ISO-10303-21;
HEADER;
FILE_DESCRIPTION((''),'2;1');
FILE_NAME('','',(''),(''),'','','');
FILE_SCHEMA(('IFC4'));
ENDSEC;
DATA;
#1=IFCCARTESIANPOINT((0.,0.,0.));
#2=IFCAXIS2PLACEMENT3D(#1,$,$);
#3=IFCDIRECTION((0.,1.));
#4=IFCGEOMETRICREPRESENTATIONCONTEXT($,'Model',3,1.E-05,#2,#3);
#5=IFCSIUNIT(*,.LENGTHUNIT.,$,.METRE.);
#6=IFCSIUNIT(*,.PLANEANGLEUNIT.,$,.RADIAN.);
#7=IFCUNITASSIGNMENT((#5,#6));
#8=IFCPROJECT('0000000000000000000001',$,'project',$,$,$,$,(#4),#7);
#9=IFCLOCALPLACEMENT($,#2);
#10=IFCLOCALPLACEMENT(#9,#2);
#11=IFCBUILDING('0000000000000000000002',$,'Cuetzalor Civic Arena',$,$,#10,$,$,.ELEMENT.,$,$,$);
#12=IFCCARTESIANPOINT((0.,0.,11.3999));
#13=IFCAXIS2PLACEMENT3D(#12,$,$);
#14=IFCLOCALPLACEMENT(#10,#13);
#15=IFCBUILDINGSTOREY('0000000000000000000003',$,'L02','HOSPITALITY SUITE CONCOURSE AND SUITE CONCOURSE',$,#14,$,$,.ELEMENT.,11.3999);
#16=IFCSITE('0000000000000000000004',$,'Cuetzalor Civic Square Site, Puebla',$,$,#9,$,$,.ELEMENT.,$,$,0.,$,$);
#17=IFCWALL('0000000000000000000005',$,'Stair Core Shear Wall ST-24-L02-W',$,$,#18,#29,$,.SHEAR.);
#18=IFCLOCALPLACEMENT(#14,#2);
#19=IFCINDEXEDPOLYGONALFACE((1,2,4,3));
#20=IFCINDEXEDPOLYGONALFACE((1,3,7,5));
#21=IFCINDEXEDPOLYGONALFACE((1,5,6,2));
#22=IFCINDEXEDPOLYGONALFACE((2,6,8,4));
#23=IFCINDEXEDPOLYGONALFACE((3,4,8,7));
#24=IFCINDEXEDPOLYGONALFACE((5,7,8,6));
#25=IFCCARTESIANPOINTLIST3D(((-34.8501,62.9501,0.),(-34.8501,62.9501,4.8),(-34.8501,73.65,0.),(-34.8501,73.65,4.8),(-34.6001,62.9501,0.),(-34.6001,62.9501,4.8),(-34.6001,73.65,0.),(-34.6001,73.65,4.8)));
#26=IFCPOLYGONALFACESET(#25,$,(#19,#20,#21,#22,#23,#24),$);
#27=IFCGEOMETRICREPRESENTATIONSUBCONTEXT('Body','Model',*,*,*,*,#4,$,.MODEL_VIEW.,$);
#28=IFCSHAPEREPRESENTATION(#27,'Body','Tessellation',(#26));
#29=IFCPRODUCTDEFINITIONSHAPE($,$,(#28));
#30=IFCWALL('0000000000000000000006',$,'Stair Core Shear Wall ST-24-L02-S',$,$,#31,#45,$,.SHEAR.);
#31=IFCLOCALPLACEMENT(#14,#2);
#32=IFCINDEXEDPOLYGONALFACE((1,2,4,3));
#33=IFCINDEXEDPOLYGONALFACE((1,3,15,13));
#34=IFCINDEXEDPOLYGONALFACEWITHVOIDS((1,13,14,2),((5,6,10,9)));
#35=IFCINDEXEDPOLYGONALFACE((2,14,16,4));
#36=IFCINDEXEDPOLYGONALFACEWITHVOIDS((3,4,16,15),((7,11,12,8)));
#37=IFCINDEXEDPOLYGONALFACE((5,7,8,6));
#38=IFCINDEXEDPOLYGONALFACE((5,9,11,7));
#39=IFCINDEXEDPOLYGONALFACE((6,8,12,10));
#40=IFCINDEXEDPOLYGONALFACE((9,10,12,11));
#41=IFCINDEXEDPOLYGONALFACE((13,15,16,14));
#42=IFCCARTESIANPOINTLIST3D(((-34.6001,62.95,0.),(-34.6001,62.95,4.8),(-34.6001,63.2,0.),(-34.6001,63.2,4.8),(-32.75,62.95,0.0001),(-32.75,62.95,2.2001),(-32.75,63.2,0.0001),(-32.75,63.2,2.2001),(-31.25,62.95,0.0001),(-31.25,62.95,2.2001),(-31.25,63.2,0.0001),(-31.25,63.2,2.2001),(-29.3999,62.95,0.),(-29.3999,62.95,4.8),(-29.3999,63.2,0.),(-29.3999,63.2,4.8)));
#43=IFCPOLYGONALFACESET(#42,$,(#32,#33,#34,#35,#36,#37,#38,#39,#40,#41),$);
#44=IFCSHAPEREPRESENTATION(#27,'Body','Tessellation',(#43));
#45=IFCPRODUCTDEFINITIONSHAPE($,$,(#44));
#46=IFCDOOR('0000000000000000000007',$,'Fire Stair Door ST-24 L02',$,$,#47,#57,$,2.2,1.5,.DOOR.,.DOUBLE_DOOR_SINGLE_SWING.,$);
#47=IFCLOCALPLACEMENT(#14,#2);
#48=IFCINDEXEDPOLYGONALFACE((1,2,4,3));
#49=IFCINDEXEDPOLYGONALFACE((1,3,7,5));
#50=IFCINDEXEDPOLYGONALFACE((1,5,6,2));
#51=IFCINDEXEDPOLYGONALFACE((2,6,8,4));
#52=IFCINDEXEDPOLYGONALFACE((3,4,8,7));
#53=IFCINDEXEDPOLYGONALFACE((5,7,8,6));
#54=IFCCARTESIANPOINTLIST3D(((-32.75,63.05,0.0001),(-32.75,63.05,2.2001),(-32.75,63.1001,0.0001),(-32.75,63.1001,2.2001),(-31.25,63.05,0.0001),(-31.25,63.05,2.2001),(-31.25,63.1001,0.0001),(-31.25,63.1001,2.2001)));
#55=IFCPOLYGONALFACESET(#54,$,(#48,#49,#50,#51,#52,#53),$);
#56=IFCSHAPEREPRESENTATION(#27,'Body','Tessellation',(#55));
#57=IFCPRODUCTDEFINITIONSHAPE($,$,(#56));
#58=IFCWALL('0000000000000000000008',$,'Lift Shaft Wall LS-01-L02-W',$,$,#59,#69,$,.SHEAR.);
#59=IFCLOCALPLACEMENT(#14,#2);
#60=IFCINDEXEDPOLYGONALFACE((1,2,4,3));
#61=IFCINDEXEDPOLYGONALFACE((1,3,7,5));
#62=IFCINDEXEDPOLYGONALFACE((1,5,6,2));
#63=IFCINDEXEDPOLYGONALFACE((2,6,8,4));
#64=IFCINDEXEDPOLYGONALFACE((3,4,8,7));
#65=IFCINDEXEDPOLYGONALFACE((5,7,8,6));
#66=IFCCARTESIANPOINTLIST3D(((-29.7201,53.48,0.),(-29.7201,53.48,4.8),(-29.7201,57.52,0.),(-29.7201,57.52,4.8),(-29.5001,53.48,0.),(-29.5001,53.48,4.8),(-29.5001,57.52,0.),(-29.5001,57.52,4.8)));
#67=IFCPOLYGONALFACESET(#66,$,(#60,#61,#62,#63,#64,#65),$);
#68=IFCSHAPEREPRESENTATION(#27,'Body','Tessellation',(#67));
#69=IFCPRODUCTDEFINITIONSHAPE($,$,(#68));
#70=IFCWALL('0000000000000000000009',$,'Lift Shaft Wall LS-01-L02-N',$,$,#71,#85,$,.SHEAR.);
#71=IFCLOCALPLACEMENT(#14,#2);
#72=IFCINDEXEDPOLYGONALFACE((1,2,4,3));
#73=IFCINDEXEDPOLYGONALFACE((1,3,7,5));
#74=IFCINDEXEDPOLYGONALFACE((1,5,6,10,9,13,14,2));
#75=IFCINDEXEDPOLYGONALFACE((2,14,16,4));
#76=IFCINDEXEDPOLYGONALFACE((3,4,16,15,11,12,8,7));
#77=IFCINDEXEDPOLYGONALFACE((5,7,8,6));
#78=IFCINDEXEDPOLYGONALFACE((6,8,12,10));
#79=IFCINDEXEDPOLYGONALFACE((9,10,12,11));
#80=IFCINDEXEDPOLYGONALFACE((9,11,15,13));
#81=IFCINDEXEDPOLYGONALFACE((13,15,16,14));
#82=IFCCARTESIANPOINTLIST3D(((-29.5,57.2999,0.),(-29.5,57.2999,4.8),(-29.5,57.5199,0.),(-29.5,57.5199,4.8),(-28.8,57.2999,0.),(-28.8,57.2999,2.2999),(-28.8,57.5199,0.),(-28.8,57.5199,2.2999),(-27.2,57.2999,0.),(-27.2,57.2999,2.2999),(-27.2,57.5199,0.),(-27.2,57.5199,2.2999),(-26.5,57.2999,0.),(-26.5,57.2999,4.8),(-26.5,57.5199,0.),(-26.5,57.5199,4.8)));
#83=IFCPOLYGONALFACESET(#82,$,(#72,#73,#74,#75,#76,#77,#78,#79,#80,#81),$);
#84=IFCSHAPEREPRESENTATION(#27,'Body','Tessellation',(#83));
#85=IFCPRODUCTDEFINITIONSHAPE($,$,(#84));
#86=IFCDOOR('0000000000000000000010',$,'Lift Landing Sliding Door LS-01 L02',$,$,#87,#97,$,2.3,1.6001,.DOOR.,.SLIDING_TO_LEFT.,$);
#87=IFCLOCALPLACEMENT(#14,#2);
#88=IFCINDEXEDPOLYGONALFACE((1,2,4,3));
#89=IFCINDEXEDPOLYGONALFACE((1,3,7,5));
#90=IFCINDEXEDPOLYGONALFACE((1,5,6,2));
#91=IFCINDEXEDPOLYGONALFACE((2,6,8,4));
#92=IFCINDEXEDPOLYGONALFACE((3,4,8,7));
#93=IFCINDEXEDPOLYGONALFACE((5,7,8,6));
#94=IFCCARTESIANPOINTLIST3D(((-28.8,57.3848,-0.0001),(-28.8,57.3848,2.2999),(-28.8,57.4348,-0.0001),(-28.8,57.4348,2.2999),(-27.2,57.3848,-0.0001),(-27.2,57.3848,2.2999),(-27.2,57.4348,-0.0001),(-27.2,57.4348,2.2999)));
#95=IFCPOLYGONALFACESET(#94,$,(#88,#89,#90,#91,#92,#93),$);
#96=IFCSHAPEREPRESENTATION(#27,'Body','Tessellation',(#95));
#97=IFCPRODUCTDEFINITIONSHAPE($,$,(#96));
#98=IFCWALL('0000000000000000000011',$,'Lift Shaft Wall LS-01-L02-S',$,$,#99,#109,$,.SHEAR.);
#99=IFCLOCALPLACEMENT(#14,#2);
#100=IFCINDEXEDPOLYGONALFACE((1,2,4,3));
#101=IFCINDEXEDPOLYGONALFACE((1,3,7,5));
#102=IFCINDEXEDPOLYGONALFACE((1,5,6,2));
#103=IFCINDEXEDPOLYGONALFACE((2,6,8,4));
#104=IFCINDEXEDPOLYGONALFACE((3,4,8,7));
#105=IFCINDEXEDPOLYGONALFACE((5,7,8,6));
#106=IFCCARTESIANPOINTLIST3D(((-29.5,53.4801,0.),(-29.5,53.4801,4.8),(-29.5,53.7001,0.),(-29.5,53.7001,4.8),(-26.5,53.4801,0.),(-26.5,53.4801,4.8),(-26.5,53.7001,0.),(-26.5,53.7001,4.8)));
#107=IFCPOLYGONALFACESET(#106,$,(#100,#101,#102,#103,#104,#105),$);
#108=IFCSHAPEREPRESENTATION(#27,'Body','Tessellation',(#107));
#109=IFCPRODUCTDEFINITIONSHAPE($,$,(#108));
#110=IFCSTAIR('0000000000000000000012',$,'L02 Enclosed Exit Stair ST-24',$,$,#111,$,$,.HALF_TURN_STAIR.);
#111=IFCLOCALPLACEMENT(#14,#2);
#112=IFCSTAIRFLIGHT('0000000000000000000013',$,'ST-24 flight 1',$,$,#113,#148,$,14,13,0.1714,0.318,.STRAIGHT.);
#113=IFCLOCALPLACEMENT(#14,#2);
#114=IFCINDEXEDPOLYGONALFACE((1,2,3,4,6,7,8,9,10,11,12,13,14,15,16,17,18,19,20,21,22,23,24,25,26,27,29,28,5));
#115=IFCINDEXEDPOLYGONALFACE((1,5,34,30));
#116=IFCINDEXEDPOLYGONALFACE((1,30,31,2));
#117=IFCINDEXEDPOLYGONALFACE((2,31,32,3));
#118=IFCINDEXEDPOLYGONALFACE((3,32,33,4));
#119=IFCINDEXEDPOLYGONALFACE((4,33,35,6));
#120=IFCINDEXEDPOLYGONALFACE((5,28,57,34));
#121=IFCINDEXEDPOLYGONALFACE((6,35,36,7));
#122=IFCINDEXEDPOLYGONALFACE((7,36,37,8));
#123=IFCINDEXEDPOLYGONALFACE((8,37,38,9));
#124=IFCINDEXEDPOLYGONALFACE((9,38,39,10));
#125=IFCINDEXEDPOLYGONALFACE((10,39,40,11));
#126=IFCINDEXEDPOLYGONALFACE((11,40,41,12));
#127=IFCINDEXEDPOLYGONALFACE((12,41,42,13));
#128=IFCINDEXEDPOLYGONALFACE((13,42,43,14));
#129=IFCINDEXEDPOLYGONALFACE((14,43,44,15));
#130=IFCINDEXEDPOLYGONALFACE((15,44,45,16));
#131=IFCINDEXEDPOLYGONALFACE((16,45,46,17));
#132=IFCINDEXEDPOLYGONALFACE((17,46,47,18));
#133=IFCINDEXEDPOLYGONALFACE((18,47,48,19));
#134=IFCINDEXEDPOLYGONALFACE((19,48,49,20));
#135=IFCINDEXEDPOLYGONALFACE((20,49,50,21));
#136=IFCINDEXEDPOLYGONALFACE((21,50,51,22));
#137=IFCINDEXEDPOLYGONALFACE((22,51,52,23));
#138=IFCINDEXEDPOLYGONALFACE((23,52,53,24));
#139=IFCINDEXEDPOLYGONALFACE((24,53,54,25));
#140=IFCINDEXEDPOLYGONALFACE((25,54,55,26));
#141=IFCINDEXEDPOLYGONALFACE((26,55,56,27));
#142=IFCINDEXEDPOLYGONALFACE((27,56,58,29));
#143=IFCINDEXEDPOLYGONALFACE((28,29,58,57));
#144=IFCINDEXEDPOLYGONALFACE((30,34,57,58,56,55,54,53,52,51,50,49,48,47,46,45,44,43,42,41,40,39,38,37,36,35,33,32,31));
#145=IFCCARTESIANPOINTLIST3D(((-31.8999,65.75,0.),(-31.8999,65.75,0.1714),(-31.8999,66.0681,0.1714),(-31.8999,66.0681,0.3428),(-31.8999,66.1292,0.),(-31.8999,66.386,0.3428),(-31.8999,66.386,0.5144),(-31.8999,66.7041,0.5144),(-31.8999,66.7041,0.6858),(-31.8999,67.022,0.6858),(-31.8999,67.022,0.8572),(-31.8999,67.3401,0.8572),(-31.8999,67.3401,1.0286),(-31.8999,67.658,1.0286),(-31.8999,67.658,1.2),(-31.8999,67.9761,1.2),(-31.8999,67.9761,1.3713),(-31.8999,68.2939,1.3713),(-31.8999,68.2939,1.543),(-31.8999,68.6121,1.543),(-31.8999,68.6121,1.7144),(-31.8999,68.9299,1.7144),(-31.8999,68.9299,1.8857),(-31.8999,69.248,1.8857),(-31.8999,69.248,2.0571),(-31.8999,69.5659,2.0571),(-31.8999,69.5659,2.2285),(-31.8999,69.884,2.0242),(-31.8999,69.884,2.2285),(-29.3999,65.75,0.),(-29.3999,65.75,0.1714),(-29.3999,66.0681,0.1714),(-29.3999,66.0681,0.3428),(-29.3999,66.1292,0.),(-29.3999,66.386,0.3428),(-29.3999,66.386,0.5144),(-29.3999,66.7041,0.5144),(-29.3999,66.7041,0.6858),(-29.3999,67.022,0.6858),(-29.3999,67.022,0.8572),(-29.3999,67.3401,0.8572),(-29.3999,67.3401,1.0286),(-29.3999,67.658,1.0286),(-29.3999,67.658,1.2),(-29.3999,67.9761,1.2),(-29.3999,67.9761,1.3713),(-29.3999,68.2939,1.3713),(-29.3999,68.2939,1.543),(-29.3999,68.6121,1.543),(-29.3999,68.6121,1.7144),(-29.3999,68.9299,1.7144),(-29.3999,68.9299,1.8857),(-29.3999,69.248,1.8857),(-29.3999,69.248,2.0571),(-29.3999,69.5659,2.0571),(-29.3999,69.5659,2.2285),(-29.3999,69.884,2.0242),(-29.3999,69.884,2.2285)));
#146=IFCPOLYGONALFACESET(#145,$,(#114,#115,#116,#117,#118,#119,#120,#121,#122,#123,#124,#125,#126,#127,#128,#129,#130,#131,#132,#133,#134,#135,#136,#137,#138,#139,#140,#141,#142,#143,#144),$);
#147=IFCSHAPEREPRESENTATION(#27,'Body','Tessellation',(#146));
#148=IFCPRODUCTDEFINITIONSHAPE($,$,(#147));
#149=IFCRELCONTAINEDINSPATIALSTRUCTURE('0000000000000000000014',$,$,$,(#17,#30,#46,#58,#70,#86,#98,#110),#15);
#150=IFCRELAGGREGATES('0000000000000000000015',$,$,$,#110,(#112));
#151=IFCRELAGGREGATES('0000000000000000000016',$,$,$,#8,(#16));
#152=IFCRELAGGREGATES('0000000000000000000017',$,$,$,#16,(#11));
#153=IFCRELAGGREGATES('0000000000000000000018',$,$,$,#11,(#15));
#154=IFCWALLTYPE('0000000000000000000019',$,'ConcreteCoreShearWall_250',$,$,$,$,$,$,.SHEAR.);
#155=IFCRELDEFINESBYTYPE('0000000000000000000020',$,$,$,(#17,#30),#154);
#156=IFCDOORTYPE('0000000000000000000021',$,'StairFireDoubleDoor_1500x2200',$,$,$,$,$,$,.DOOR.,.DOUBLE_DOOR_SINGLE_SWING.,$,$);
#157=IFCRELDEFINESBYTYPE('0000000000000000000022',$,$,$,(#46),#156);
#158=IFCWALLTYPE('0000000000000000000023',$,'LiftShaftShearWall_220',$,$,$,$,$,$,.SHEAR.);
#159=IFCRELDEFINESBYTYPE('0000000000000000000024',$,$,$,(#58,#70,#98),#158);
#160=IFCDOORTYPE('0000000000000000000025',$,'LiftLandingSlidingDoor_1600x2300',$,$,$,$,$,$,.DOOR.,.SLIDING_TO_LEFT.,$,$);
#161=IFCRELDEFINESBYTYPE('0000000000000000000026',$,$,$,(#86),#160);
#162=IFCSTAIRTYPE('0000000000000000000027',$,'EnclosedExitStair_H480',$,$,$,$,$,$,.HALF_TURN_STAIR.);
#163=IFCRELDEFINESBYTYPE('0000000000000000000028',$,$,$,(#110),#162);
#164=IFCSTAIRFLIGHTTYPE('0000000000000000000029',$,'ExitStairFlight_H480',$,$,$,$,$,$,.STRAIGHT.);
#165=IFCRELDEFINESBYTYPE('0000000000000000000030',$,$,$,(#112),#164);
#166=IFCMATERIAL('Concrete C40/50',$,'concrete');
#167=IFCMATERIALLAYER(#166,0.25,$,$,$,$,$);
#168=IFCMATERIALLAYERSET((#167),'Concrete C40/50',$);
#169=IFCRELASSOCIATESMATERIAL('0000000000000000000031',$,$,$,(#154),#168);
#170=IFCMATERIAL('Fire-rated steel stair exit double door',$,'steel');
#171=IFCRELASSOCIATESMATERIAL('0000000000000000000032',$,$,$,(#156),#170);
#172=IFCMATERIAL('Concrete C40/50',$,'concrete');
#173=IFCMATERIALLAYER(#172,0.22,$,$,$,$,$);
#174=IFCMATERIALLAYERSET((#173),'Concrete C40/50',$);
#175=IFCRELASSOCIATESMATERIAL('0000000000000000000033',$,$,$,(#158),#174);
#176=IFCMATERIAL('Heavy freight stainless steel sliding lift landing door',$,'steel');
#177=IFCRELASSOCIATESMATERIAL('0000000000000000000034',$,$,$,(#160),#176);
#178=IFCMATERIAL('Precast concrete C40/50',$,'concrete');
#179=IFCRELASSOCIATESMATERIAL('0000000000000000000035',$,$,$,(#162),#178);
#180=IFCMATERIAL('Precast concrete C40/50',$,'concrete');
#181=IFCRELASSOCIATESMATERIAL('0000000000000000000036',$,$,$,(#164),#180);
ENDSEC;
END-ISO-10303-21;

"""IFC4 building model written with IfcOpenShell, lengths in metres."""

from ifc_helpers import new_model, si_unit, direction, frame, frame_2d, origin, place, context, subcontext, project, spatial, polyline, rectangle, outline, extrude, material, layer, layer_set, type_object, element, fill, aggregate, save


model = new_model("IFC4")

# Units and contexts
model_context = context("Model", 3, precision=1e-05, world=origin(), true_north=direction((0.0, 1.0)))
body_context = subcontext(model_context, "Body", "Model", "MODEL_VIEW")
ifc_project = project(units=[si_unit("LENGTHUNIT", "METRE"), si_unit("PLANEANGLEUNIT", "RADIAN")], contexts=[model_context])

# Site, building, storey
site_placement = place(None, origin())
site = spatial("IfcSite", under=ifc_project, at=site_placement, Name="Cuetzalor Civic Square Site, Puebla", CompositionType="ELEMENT", RefElevation=0.0)
building_placement = place(site_placement, origin())
building = spatial("IfcBuilding", under=site, at=building_placement, Name="Cuetzalor Civic Arena", CompositionType="ELEMENT")
storey_placement = place(building_placement, frame((0.0, 0.0, 11.3999)))
storey = spatial("IfcBuildingStorey", under=building, at=storey_placement, Name="L02", Description="HOSPITALITY SUITE CONCOURSE AND SUITE CONCOURSE", CompositionType="ELEMENT", Elevation=11.3999)

# Wall
ifc_material_1 = material(Name="Concrete C40/50", Category="concrete")
ifc_layer_1 = layer(ifc_material_1, 0.25)
ifc_layer_set_1 = layer_set([ifc_layer_1], Name="Concrete C40/50")
wall_type_1 = type_object("IfcWallType", Name="ConcreteCoreShearWall_250", PredefinedType="SHEAR", material=ifc_layer_set_1)
wall_1_placement = place(storey_placement, frame((-34.7251, 62.95, 0.0), z_axis=(0.0, 0.0, 1.0), x_axis=(0.0, 1.0, 0.0)))
element("IfcWall", 1, at=wall_1_placement, inside=storey, type_object=wall_type_1, Name="Stair Core Shear Wall ST-24-L02-W", PredefinedType="SHEAR", context=body_context, shape_type="SweptSolid", body=[
    extrude(rectangle(XDim=10.7, YDim=0.25, at=frame_2d((5.3501, 0.0))), origin(), (0.0, 0.0, 1.0), 4.8),
])

# Wall, opening, door
wall_2_placement = place(storey_placement, frame((-29.3999, 63.075, 0.0), z_axis=(0.0, 0.0, 1.0), x_axis=(-1.0, 0.0, 0.0)))
wall_2 = element("IfcWall", 2, at=wall_2_placement, inside=storey, type_object=wall_type_1, Name="Stair Core Shear Wall ST-24-L02-S", PredefinedType="SHEAR", context=body_context, shape_type="SweptSolid", body=[
    extrude(rectangle(XDim=5.2002, YDim=0.25, at=frame_2d((2.6001, 0.0))), origin(), (0.0, 0.0, 1.0), 4.8),
])
opening_1_placement = place(wall_2_placement, frame((1.8501, 0.0, 0.0)))
opening_1 = element("IfcOpeningElement", 3, at=opening_1_placement, cuts=wall_2, PredefinedType="OPENING", context=body_context, shape_type="SweptSolid", body=[
    extrude(rectangle(XDim=1.5, YDim=2.2, at=frame_2d((0.75, 1.1001))), frame((0.0, 0.135, 0.0), z_axis=(0.0, -1.0, 0.0), x_axis=(1.0, 0.0, 0.0)), (0.0, 0.0, 1.0), 0.27),
])
ifc_material_2 = material(Name="Fire-rated steel stair exit double door", Category="steel")
door_type_1 = type_object("IfcDoorType", Name="StairFireDoubleDoor_1500x2200", OperationType="DOUBLE_DOOR_SINGLE_SWING", PredefinedType="DOOR", material=ifc_material_2)
door_1_placement = place(opening_1_placement, origin())
door_1 = element("IfcDoor", 4, at=door_1_placement, inside=storey, type_object=door_type_1, Name="Fire Stair Door ST-24 L02", OperationType="DOUBLE_DOOR_SINGLE_SWING", OverallHeight=2.2, OverallWidth=1.5, PredefinedType="DOOR", context=body_context, shape_type="SweptSolid", body=[
    extrude(rectangle(XDim=1.5, YDim=2.2, at=frame_2d((0.75, 1.1001))), frame((0.0, 0.0249, 0.0), z_axis=(0.0, -1.0, 0.0), x_axis=(1.0, 0.0, 0.0)), (0.0, 0.0, 1.0), 0.05),
])
fill(opening_1, door_1)

# Wall
ifc_material_3 = material(Name="Concrete C40/50", Category="concrete")
ifc_layer_2 = layer(ifc_material_3, 0.22)
ifc_layer_set_2 = layer_set([ifc_layer_2], Name="Concrete C40/50")
wall_type_2 = type_object("IfcWallType", Name="LiftShaftShearWall_220", PredefinedType="SHEAR", material=ifc_layer_set_2)
wall_3_placement = place(storey_placement, frame((-29.6101, 53.48, 0.0), z_axis=(0.0, 0.0, 1.0), x_axis=(0.0, 1.0, 0.0)))
element("IfcWall", 5, at=wall_3_placement, inside=storey, type_object=wall_type_2, Name="Lift Shaft Wall LS-01-L02-W", PredefinedType="SHEAR", context=body_context, shape_type="SweptSolid", body=[
    extrude(rectangle(XDim=4.04, YDim=0.22, at=frame_2d((2.02, 0.0))), origin(), (0.0, 0.0, 1.0), 4.8),
])

# Wall, opening, door
wall_4_placement = place(storey_placement, frame((-29.5, 57.4099, 0.0), z_axis=(0.0, 0.0, 1.0), x_axis=(1.0, 0.0, 0.0)))
wall_4 = element("IfcWall", 6, at=wall_4_placement, inside=storey, type_object=wall_type_2, Name="Lift Shaft Wall LS-01-L02-N", PredefinedType="SHEAR", context=body_context, shape_type="SweptSolid", body=[
    extrude(rectangle(XDim=3.0, YDim=0.22, at=frame_2d((1.5, 0.0))), origin(), (0.0, 0.0, 1.0), 4.8),
])
opening_2_placement = place(wall_4_placement, frame((0.7, 0.0, 0.0)))
opening_2 = element("IfcOpeningElement", 7, at=opening_2_placement, cuts=wall_4, PredefinedType="OPENING", context=body_context, shape_type="SweptSolid", body=[
    extrude(rectangle(XDim=1.6001, YDim=2.3, at=frame_2d((0.8, 1.1499))), frame((0.0, 0.1201, 0.0), z_axis=(0.0, -1.0, 0.0), x_axis=(1.0, 0.0, 0.0)), (0.0, 0.0, 1.0), 0.24),
])
ifc_material_4 = material(Name="Heavy freight stainless steel sliding lift landing door", Category="steel")
door_type_2 = type_object("IfcDoorType", Name="LiftLandingSlidingDoor_1600x2300", OperationType="SLIDING_TO_LEFT", PredefinedType="DOOR", material=ifc_material_4)
door_2_placement = place(opening_2_placement, origin())
door_2 = element("IfcDoor", 8, at=door_2_placement, inside=storey, type_object=door_type_2, Name="Lift Landing Sliding Door LS-01 L02", OperationType="SLIDING_TO_LEFT", OverallHeight=2.3, OverallWidth=1.6001, PredefinedType="DOOR", context=body_context, shape_type="SweptSolid", body=[
    extrude(rectangle(XDim=1.6001, YDim=2.3, at=frame_2d((0.8, 1.1499))), frame((0.0, 0.0249, 0.0), z_axis=(0.0, -1.0, 0.0), x_axis=(1.0, 0.0, 0.0)), (0.0, 0.0, 1.0), 0.05),
])
fill(opening_2, door_2)

# Wall
wall_5_placement = place(storey_placement, frame((-26.5, 53.5901, 0.0), z_axis=(0.0, 0.0, 1.0), x_axis=(-1.0, 0.0, 0.0)))
element("IfcWall", 9, at=wall_5_placement, inside=storey, type_object=wall_type_2, Name="Lift Shaft Wall LS-01-L02-S", PredefinedType="SHEAR", context=body_context, shape_type="SweptSolid", body=[
    extrude(rectangle(XDim=3.0, YDim=0.22, at=frame_2d((1.5, 0.0))), origin(), (0.0, 0.0, 1.0), 4.8),
])

# Stair, stair flight
ifc_material_5 = material(Name="Precast concrete C40/50", Category="concrete")
stair_type = type_object("IfcStairType", Name="EnclosedExitStair_H480", PredefinedType="HALF_TURN_STAIR", material=ifc_material_5)
stair_placement = place(storey_placement, origin())
stair = element("IfcStair", 10, at=stair_placement, inside=storey, type_object=stair_type, Name="L02 Enclosed Exit Stair ST-24", PredefinedType="HALF_TURN_STAIR")
ifc_material_6 = material(Name="Precast concrete C40/50", Category="concrete")
stair_flight_type = type_object("IfcStairFlightType", Name="ExitStairFlight_H480", PredefinedType="STRAIGHT", material=ifc_material_6)
stair_flight_placement = place(storey_placement, frame((-30.6499, 65.75, 0.0), z_axis=(0.0, 0.0, 1.0), x_axis=(0.0, 1.0, 0.0)))
stair_flight = element("IfcStairFlight", 11, at=stair_flight_placement, type_object=stair_flight_type, Name="ST-24 flight 1", NumberOfRisers=14, NumberOfTreads=13, PredefinedType="STRAIGHT", RiserHeight=0.1714, TreadLength=0.318, context=body_context, shape_type="SweptSolid", body=[
    extrude(outline(polyline([(0.0, 0.0), (0.0, 0.1714), (0.3181, 0.1714), (0.3181, 0.3428), (0.636, 0.3428), (0.636, 0.5144), (0.9541, 0.5144), (0.9541, 0.6858), (1.272, 0.6858), (1.272, 0.8572), (1.5901, 0.8572), (1.5901, 1.0286), (1.908, 1.0286), (1.908, 1.2), (2.2261, 1.2), (2.2261, 1.3713), (2.5439, 1.3713), (2.5439, 1.543), (2.8621, 1.543), (2.8621, 1.7144), (3.1799, 1.7144), (3.1799, 1.8857), (3.498, 1.8857), (3.498, 2.0571), (3.8159, 2.0571), (3.8159, 2.2285), (4.134, 2.2285), (4.134, 2.3999), (4.134, 2.0242), (0.3792, 0.0), (0.0, 0.0)])), frame((0.0, 1.25, 0.0), z_axis=(0.0, -1.0, 0.0), x_axis=(1.0, 0.0, 0.0)), (0.0, 0.0, 1.0), 2.5),
])
aggregate(stair, [stair_flight])

save(model, "model.ifc")
